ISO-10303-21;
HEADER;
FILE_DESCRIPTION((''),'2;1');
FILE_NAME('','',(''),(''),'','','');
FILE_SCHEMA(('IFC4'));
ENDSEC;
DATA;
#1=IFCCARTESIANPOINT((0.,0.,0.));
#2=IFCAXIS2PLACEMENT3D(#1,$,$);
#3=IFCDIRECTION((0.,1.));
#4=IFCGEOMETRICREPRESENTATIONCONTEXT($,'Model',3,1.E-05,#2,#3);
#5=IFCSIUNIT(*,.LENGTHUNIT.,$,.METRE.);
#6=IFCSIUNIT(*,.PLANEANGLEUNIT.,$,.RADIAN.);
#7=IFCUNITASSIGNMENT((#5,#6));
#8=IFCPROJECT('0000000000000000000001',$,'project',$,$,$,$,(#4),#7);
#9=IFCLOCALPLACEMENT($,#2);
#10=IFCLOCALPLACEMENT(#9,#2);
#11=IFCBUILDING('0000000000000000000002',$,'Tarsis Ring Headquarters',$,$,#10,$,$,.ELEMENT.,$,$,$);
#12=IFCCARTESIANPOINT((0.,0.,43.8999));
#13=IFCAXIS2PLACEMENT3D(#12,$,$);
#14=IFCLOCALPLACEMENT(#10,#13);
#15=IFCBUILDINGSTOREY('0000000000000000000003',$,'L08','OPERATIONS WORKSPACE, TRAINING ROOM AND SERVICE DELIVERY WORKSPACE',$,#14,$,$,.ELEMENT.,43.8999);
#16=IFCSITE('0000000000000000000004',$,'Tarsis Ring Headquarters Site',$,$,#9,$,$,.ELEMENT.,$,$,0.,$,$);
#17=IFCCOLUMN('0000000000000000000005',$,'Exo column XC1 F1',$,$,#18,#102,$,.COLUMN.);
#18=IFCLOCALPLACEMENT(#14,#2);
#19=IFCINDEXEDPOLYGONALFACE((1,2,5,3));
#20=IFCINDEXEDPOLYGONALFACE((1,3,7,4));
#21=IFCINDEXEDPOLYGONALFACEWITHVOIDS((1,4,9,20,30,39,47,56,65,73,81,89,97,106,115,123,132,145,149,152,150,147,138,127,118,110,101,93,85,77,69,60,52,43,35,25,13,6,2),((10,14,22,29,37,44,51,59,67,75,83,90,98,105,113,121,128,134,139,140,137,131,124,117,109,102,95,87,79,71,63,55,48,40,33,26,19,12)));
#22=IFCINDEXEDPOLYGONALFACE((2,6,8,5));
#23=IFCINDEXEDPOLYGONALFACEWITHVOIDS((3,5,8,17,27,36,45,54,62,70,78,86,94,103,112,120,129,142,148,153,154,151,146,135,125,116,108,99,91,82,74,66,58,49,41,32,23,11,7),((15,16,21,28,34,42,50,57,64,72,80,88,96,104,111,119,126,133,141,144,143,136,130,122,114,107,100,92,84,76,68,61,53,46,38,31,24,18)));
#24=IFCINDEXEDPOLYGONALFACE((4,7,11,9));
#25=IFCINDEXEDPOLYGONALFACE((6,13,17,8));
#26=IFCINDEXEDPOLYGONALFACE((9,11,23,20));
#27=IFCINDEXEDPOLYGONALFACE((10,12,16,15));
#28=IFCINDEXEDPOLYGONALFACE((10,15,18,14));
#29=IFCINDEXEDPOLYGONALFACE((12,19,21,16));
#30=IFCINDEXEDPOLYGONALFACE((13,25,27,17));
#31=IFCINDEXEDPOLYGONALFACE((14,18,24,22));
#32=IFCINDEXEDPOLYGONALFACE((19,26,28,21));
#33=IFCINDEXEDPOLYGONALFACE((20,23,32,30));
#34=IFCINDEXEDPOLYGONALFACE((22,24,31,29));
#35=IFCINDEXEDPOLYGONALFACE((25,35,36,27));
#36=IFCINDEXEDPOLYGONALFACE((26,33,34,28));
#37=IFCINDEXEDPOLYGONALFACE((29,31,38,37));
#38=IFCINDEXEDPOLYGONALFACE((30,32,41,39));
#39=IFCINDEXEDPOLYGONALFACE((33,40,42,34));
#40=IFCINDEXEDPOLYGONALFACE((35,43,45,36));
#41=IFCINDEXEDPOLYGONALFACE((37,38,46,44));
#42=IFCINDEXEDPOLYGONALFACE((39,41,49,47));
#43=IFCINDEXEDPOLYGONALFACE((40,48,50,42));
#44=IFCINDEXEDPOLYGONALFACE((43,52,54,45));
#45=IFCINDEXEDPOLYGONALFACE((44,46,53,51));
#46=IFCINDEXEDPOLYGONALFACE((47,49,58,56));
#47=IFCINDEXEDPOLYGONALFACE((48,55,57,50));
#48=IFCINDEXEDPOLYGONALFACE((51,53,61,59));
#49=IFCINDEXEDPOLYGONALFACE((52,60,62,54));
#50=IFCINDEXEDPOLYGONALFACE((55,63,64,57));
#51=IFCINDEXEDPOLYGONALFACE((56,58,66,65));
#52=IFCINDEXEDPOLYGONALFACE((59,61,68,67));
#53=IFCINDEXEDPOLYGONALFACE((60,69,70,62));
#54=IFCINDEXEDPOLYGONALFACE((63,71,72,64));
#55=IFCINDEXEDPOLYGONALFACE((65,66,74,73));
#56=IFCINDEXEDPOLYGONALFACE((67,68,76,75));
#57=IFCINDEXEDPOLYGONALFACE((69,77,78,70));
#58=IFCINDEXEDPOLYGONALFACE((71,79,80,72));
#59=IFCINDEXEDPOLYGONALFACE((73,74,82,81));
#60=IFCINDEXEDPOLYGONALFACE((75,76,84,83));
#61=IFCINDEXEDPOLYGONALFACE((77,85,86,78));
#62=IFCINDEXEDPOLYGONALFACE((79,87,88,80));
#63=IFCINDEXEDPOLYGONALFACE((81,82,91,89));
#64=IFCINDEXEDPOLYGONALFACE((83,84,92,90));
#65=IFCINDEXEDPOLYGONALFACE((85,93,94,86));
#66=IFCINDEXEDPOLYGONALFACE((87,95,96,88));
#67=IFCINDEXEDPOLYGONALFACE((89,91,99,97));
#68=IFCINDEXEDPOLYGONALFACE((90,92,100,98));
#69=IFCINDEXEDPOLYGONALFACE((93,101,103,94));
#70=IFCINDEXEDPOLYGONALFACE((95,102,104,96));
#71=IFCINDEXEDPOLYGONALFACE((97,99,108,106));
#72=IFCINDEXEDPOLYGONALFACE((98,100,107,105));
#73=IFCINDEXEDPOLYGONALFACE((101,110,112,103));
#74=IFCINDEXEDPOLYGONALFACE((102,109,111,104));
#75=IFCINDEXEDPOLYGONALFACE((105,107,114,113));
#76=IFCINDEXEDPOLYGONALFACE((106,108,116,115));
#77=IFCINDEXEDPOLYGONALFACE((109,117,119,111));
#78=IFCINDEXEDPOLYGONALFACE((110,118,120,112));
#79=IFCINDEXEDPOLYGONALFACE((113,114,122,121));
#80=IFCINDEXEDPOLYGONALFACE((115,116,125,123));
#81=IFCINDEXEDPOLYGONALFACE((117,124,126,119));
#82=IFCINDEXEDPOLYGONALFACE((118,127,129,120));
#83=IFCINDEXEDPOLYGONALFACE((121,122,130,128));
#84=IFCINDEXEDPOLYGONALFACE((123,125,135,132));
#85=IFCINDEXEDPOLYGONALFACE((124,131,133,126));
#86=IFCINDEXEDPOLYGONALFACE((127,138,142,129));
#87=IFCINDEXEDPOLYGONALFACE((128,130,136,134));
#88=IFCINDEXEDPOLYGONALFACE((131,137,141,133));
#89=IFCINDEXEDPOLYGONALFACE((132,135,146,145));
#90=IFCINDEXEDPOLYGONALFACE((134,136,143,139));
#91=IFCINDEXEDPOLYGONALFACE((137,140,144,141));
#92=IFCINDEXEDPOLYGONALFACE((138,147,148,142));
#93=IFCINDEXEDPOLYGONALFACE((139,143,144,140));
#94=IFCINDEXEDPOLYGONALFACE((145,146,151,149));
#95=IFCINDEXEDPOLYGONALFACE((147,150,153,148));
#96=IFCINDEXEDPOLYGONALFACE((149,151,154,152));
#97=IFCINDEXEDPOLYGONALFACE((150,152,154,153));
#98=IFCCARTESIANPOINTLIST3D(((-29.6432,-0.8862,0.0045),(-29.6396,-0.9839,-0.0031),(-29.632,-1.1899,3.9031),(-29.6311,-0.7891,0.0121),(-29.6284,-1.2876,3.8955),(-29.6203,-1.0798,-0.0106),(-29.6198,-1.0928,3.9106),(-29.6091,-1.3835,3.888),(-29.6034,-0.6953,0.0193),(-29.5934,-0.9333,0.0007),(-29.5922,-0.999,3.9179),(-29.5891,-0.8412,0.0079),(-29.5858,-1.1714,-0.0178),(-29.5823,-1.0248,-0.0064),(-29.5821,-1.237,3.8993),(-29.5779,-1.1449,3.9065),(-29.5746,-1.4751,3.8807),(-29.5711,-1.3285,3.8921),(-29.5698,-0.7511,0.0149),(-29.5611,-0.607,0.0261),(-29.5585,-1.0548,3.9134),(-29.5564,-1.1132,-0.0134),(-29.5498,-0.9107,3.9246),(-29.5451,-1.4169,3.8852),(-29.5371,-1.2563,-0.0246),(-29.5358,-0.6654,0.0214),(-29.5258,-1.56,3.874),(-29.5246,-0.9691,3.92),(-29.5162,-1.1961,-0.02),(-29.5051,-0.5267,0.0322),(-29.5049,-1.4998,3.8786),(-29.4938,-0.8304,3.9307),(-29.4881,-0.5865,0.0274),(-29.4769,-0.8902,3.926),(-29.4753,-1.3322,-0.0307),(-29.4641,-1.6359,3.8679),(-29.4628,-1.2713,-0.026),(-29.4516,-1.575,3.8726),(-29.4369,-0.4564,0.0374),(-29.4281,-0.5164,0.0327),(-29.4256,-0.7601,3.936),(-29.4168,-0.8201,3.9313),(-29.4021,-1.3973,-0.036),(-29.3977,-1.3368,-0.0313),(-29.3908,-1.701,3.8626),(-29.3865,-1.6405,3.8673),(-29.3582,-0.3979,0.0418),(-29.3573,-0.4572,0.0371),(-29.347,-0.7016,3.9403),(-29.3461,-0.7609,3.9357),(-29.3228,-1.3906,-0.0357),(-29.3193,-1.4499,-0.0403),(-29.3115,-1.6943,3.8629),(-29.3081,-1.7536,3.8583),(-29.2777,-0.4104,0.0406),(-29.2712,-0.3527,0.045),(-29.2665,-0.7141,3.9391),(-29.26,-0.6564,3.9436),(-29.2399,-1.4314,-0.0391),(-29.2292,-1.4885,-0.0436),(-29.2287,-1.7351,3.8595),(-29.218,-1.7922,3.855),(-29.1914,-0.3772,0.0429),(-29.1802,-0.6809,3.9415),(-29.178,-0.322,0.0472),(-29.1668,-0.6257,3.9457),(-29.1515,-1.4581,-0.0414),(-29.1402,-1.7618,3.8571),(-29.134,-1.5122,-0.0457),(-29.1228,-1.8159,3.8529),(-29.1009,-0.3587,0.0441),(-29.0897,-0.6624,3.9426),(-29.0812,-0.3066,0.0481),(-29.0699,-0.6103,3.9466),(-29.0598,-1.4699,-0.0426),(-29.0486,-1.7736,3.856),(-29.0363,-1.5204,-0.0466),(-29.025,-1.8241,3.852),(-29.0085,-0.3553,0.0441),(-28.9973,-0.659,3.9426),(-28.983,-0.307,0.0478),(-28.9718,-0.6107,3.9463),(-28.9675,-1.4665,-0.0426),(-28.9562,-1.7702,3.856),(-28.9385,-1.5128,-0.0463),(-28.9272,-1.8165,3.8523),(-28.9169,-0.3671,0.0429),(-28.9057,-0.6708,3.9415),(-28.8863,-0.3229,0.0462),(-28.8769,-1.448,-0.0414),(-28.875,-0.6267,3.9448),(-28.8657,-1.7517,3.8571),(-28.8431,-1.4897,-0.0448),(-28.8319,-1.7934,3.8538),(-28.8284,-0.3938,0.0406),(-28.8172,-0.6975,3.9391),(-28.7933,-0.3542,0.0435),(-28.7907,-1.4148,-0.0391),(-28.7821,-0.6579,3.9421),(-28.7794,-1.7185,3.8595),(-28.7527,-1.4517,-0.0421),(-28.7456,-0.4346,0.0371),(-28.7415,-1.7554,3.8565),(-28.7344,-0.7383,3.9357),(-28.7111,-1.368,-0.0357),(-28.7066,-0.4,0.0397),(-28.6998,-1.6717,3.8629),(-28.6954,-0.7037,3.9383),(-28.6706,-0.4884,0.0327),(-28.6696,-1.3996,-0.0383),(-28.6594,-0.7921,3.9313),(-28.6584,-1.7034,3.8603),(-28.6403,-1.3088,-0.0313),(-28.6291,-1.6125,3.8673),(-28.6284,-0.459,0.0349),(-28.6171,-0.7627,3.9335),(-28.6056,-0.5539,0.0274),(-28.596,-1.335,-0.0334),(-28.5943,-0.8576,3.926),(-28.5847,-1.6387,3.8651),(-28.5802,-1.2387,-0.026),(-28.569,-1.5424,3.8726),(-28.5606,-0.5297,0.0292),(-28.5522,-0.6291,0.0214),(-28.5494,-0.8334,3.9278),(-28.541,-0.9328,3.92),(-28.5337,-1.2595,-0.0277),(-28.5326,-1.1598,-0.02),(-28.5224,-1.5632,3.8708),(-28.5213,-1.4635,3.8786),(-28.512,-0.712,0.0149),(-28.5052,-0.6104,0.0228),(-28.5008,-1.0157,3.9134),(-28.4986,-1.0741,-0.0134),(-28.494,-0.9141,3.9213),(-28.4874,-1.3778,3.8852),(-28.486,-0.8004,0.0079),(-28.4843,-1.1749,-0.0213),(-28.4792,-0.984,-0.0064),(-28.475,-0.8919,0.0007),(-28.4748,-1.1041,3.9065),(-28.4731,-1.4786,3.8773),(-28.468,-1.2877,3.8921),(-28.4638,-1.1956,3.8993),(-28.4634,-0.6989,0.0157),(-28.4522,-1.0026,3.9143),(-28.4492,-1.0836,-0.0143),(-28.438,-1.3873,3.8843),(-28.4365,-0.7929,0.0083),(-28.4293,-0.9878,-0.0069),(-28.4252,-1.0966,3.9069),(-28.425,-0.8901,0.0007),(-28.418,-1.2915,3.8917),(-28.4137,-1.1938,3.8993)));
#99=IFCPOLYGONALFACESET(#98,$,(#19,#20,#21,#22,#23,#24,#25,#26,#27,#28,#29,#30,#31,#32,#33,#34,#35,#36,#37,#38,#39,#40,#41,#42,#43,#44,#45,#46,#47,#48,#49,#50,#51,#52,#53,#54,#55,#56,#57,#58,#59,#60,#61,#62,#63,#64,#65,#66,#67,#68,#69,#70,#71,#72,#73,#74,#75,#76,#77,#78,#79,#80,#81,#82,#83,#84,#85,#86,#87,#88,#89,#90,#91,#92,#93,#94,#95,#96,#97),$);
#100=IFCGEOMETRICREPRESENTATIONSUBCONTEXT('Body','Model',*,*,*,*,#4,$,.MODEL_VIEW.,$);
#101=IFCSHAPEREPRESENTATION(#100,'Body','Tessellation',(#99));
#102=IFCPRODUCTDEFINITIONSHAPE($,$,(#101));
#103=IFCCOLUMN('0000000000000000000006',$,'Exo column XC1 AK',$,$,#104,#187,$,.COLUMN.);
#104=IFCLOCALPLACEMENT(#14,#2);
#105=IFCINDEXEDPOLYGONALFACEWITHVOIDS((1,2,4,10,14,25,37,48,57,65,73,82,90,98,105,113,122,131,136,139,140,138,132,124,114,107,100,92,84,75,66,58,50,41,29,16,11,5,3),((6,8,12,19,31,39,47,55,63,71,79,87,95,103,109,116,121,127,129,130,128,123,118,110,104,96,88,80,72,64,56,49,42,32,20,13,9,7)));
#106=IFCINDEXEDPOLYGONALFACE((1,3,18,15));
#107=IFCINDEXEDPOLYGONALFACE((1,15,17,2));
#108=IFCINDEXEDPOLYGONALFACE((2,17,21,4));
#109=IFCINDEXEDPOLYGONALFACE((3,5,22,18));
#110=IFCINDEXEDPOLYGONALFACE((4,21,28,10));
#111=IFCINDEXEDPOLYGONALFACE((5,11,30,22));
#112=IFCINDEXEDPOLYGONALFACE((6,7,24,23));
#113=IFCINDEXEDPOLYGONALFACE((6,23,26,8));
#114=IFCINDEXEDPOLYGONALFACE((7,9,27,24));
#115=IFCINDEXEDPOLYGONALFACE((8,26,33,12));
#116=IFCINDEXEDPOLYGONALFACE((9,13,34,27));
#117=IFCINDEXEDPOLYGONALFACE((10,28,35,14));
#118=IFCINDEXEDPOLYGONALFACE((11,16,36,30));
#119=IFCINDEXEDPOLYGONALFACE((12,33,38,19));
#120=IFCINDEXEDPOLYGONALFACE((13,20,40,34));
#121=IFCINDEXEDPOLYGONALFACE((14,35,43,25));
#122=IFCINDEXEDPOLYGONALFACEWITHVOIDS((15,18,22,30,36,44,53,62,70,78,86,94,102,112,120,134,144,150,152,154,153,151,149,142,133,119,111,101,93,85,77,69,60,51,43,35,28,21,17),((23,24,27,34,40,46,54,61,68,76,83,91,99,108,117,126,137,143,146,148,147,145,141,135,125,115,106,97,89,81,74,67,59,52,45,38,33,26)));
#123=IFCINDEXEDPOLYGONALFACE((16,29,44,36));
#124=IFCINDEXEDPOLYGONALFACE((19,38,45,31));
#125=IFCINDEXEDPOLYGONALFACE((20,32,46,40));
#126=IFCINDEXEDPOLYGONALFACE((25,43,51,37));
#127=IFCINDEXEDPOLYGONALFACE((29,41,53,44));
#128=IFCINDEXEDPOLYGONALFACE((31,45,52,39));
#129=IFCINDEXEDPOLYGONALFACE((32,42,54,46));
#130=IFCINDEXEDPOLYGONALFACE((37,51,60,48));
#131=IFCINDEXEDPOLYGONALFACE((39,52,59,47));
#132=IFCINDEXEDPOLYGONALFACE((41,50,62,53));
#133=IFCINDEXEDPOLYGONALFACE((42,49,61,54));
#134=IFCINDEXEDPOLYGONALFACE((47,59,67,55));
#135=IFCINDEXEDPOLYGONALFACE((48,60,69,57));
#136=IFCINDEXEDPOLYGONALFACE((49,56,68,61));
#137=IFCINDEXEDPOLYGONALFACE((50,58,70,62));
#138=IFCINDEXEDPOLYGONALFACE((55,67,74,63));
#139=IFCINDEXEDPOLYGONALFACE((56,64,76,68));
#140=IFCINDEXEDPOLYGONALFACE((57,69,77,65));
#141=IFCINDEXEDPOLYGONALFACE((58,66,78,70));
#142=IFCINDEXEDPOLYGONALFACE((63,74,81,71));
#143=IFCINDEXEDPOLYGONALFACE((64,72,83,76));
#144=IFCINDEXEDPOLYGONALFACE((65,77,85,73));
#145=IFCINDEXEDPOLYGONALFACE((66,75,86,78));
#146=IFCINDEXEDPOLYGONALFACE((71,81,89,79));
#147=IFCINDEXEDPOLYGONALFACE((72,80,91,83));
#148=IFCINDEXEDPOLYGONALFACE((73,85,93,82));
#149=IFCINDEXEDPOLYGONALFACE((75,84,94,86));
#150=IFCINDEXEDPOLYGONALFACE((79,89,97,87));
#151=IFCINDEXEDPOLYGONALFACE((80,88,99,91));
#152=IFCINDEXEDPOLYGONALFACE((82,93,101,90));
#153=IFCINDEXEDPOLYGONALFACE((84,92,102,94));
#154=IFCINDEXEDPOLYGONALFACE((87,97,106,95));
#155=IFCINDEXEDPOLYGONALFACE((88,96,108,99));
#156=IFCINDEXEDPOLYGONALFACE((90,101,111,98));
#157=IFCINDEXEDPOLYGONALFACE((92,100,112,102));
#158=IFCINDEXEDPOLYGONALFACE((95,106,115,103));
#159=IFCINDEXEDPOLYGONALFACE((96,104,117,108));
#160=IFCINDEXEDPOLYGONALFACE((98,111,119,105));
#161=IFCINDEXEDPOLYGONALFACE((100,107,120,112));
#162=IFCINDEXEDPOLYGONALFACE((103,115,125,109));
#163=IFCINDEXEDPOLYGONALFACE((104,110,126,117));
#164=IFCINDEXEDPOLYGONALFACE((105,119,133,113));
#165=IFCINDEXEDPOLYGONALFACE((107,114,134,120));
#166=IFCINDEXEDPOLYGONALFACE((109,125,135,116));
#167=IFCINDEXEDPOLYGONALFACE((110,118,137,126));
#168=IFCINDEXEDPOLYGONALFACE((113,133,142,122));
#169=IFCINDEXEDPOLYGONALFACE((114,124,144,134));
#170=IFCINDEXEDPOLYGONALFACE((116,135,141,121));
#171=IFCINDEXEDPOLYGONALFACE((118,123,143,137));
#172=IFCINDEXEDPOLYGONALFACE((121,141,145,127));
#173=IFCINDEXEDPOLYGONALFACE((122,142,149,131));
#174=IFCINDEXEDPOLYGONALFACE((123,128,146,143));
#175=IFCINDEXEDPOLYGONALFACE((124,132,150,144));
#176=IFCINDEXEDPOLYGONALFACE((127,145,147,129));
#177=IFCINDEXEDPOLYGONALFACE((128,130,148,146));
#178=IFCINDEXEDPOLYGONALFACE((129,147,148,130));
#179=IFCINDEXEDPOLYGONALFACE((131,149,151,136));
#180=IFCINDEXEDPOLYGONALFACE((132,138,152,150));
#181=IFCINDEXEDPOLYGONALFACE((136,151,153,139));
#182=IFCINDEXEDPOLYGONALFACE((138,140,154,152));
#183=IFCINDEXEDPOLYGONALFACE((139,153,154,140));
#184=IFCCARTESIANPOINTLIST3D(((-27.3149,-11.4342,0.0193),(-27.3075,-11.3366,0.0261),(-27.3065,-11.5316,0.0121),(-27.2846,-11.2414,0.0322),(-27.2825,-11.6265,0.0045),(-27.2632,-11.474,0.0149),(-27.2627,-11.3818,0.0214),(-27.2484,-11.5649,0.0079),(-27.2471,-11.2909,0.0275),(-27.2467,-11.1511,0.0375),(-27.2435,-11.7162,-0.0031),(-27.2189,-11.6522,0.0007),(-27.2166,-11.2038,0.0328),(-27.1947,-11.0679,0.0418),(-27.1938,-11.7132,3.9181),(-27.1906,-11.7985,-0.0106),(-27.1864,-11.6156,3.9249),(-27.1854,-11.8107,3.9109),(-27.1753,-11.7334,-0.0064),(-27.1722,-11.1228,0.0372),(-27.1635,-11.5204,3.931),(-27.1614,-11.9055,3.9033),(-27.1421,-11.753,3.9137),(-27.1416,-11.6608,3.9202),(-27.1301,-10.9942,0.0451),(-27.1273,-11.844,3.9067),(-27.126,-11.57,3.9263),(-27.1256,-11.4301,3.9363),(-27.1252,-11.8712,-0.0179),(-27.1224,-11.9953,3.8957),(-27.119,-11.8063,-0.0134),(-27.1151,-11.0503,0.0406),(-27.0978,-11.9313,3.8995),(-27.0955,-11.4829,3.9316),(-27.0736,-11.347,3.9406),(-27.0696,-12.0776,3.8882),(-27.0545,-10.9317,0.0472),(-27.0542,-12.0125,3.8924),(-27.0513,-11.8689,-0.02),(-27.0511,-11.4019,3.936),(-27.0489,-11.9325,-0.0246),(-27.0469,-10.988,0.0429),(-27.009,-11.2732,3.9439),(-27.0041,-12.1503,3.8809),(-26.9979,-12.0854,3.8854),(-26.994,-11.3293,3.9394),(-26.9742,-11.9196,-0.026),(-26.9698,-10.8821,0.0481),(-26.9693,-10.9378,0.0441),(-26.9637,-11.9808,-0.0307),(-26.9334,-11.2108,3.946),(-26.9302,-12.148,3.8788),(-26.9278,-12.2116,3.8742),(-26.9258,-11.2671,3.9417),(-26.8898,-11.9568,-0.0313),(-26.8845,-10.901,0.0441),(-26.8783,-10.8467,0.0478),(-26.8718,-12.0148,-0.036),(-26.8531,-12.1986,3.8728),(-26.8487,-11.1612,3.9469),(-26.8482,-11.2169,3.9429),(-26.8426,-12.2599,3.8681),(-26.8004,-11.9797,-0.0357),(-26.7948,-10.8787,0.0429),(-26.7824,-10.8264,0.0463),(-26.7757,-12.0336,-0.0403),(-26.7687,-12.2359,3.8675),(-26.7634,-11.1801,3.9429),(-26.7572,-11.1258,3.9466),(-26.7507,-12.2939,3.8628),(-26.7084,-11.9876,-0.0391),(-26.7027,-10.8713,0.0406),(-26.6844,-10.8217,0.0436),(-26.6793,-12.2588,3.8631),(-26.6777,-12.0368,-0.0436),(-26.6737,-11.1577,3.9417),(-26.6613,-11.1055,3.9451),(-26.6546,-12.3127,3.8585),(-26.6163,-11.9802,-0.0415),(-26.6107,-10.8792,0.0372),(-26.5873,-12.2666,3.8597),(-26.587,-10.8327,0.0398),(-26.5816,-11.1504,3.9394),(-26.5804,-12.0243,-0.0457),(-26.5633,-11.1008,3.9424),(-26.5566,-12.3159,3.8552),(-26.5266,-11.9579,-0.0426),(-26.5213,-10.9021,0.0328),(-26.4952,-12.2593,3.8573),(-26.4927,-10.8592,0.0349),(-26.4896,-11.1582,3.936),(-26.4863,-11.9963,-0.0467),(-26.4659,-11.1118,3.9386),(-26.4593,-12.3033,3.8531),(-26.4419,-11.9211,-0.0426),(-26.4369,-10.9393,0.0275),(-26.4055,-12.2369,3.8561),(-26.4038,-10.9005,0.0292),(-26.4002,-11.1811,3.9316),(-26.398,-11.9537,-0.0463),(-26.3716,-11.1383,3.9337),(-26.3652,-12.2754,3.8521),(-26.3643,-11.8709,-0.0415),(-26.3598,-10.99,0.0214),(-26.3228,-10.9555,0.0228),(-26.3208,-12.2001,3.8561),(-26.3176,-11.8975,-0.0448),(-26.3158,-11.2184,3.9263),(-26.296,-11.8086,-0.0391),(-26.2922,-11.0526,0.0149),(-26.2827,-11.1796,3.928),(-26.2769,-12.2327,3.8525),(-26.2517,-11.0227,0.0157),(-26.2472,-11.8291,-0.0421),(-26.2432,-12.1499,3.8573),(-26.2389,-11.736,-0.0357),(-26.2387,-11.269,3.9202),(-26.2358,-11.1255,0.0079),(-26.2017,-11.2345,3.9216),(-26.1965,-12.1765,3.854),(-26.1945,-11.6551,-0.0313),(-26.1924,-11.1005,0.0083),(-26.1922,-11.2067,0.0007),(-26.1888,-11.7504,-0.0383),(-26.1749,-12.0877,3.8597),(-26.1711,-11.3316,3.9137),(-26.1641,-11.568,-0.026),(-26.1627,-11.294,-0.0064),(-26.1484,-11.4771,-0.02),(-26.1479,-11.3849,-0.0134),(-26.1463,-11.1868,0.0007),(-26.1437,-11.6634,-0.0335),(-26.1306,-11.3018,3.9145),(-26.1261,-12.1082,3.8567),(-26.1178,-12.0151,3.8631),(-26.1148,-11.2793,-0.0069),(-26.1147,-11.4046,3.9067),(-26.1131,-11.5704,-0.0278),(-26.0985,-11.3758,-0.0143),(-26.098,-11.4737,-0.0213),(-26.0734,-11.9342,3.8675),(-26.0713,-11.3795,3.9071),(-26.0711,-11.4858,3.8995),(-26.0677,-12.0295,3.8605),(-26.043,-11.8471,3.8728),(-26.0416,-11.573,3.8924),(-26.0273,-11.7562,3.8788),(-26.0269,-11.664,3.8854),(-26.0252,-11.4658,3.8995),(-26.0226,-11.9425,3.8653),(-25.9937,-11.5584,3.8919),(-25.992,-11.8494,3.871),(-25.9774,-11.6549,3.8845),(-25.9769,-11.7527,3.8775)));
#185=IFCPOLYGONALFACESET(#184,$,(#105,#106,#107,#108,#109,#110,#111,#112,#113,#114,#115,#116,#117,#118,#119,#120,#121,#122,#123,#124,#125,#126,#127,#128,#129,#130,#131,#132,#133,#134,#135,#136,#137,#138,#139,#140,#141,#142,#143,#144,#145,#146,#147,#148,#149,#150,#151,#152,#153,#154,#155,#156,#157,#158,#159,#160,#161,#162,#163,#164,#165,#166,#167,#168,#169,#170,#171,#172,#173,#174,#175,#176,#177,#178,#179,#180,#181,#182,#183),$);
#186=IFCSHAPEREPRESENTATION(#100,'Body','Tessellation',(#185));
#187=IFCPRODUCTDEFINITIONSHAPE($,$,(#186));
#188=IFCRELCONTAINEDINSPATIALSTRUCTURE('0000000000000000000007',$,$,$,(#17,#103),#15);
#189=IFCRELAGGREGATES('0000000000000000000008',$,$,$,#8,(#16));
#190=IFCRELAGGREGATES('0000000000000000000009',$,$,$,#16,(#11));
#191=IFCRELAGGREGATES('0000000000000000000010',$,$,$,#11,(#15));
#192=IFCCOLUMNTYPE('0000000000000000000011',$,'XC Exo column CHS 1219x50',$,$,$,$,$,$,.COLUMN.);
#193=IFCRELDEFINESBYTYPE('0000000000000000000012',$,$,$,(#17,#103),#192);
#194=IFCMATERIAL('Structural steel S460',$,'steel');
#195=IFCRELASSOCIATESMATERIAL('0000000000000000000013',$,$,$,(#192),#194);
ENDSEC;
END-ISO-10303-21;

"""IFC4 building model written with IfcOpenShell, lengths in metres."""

from ifc_helpers import new_model, si_unit, direction, frame, origin, origin_2d, place, context, subcontext, project, spatial, hollow_circle, extrude, material, material_profile, profile_set, type_object, element, save


model = new_model("IFC4")

# Units and contexts
model_context = context("Model", 3, precision=1e-05, world=origin(), true_north=direction((0.0, 1.0)))
body_context = subcontext(model_context, "Body", "Model", "MODEL_VIEW")
ifc_project = project(units=[si_unit("LENGTHUNIT", "METRE"), si_unit("PLANEANGLEUNIT", "RADIAN")], contexts=[model_context])

# Site, building, storey
site_placement = place(None, origin())
site = spatial("IfcSite", under=ifc_project, at=site_placement, Name="Tarsis Ring Headquarters Site", CompositionType="ELEMENT", RefElevation=0.0)
building_placement = place(site_placement, origin())
building = spatial("IfcBuilding", under=site, at=building_placement, Name="Tarsis Ring Headquarters", CompositionType="ELEMENT")
storey_placement = place(building_placement, frame((0.0, 0.0, 43.8999)))
storey = spatial("IfcBuildingStorey", under=building, at=storey_placement, Name="L08", Description="OPERATIONS WORKSPACE, TRAINING ROOM AND SERVICE DELIVERY WORKSPACE", CompositionType="ELEMENT", Elevation=43.8999)

# Columns
ifc_material_1 = material(Name="Structural steel S460", Category="steel")
ifc_material_profile_1 = material_profile(ifc_material_1, hollow_circle(Radius=0.6096, WallThickness=0.05, at=origin_2d()), Name="CHS 1219x50")
ifc_profile_set_1 = profile_set([ifc_material_profile_1], Name="Structural steel S460")
column_type = type_object("IfcColumnType", Name="XC Exo column CHS 1219x50", PredefinedType="COLUMN", material=ifc_profile_set_1)
column_1_placement = place(storey_placement, frame((-29.0342, -0.9126, 0.0007), z_axis=(0.002872, -0.077665, 0.996975), x_axis=(0.999317, 0.036952, 0.0)))
element("IfcColumn", 1, at=column_1_placement, inside=storey, type_object=column_type, Name="Exo column XC1 F1", PredefinedType="COLUMN", context=body_context, shape_type="SweptSolid", body=[
    extrude(hollow_circle(Radius=0.6096, WallThickness=0.05, at=origin_2d()), origin(), (0.0, 0.0, 1.0), 3.9104),
])
column_2_placement = place(storey_placement, frame((-26.7056, -11.4294, 0.0007), z_axis=(0.030966, -0.071359, 0.99697), x_axis=(0.917351, 0.39808, 0.0)))
element("IfcColumn", 2, at=column_2_placement, inside=storey, type_object=column_type, Name="Exo column XC1 AK", PredefinedType="COLUMN", context=body_context, shape_type="SweptSolid", body=[
    extrude(hollow_circle(Radius=0.6096, WallThickness=0.05, at=origin_2d()), origin(), (0.0, 0.0, 1.0), 3.9106),
])

save(model, "model.ifc")
